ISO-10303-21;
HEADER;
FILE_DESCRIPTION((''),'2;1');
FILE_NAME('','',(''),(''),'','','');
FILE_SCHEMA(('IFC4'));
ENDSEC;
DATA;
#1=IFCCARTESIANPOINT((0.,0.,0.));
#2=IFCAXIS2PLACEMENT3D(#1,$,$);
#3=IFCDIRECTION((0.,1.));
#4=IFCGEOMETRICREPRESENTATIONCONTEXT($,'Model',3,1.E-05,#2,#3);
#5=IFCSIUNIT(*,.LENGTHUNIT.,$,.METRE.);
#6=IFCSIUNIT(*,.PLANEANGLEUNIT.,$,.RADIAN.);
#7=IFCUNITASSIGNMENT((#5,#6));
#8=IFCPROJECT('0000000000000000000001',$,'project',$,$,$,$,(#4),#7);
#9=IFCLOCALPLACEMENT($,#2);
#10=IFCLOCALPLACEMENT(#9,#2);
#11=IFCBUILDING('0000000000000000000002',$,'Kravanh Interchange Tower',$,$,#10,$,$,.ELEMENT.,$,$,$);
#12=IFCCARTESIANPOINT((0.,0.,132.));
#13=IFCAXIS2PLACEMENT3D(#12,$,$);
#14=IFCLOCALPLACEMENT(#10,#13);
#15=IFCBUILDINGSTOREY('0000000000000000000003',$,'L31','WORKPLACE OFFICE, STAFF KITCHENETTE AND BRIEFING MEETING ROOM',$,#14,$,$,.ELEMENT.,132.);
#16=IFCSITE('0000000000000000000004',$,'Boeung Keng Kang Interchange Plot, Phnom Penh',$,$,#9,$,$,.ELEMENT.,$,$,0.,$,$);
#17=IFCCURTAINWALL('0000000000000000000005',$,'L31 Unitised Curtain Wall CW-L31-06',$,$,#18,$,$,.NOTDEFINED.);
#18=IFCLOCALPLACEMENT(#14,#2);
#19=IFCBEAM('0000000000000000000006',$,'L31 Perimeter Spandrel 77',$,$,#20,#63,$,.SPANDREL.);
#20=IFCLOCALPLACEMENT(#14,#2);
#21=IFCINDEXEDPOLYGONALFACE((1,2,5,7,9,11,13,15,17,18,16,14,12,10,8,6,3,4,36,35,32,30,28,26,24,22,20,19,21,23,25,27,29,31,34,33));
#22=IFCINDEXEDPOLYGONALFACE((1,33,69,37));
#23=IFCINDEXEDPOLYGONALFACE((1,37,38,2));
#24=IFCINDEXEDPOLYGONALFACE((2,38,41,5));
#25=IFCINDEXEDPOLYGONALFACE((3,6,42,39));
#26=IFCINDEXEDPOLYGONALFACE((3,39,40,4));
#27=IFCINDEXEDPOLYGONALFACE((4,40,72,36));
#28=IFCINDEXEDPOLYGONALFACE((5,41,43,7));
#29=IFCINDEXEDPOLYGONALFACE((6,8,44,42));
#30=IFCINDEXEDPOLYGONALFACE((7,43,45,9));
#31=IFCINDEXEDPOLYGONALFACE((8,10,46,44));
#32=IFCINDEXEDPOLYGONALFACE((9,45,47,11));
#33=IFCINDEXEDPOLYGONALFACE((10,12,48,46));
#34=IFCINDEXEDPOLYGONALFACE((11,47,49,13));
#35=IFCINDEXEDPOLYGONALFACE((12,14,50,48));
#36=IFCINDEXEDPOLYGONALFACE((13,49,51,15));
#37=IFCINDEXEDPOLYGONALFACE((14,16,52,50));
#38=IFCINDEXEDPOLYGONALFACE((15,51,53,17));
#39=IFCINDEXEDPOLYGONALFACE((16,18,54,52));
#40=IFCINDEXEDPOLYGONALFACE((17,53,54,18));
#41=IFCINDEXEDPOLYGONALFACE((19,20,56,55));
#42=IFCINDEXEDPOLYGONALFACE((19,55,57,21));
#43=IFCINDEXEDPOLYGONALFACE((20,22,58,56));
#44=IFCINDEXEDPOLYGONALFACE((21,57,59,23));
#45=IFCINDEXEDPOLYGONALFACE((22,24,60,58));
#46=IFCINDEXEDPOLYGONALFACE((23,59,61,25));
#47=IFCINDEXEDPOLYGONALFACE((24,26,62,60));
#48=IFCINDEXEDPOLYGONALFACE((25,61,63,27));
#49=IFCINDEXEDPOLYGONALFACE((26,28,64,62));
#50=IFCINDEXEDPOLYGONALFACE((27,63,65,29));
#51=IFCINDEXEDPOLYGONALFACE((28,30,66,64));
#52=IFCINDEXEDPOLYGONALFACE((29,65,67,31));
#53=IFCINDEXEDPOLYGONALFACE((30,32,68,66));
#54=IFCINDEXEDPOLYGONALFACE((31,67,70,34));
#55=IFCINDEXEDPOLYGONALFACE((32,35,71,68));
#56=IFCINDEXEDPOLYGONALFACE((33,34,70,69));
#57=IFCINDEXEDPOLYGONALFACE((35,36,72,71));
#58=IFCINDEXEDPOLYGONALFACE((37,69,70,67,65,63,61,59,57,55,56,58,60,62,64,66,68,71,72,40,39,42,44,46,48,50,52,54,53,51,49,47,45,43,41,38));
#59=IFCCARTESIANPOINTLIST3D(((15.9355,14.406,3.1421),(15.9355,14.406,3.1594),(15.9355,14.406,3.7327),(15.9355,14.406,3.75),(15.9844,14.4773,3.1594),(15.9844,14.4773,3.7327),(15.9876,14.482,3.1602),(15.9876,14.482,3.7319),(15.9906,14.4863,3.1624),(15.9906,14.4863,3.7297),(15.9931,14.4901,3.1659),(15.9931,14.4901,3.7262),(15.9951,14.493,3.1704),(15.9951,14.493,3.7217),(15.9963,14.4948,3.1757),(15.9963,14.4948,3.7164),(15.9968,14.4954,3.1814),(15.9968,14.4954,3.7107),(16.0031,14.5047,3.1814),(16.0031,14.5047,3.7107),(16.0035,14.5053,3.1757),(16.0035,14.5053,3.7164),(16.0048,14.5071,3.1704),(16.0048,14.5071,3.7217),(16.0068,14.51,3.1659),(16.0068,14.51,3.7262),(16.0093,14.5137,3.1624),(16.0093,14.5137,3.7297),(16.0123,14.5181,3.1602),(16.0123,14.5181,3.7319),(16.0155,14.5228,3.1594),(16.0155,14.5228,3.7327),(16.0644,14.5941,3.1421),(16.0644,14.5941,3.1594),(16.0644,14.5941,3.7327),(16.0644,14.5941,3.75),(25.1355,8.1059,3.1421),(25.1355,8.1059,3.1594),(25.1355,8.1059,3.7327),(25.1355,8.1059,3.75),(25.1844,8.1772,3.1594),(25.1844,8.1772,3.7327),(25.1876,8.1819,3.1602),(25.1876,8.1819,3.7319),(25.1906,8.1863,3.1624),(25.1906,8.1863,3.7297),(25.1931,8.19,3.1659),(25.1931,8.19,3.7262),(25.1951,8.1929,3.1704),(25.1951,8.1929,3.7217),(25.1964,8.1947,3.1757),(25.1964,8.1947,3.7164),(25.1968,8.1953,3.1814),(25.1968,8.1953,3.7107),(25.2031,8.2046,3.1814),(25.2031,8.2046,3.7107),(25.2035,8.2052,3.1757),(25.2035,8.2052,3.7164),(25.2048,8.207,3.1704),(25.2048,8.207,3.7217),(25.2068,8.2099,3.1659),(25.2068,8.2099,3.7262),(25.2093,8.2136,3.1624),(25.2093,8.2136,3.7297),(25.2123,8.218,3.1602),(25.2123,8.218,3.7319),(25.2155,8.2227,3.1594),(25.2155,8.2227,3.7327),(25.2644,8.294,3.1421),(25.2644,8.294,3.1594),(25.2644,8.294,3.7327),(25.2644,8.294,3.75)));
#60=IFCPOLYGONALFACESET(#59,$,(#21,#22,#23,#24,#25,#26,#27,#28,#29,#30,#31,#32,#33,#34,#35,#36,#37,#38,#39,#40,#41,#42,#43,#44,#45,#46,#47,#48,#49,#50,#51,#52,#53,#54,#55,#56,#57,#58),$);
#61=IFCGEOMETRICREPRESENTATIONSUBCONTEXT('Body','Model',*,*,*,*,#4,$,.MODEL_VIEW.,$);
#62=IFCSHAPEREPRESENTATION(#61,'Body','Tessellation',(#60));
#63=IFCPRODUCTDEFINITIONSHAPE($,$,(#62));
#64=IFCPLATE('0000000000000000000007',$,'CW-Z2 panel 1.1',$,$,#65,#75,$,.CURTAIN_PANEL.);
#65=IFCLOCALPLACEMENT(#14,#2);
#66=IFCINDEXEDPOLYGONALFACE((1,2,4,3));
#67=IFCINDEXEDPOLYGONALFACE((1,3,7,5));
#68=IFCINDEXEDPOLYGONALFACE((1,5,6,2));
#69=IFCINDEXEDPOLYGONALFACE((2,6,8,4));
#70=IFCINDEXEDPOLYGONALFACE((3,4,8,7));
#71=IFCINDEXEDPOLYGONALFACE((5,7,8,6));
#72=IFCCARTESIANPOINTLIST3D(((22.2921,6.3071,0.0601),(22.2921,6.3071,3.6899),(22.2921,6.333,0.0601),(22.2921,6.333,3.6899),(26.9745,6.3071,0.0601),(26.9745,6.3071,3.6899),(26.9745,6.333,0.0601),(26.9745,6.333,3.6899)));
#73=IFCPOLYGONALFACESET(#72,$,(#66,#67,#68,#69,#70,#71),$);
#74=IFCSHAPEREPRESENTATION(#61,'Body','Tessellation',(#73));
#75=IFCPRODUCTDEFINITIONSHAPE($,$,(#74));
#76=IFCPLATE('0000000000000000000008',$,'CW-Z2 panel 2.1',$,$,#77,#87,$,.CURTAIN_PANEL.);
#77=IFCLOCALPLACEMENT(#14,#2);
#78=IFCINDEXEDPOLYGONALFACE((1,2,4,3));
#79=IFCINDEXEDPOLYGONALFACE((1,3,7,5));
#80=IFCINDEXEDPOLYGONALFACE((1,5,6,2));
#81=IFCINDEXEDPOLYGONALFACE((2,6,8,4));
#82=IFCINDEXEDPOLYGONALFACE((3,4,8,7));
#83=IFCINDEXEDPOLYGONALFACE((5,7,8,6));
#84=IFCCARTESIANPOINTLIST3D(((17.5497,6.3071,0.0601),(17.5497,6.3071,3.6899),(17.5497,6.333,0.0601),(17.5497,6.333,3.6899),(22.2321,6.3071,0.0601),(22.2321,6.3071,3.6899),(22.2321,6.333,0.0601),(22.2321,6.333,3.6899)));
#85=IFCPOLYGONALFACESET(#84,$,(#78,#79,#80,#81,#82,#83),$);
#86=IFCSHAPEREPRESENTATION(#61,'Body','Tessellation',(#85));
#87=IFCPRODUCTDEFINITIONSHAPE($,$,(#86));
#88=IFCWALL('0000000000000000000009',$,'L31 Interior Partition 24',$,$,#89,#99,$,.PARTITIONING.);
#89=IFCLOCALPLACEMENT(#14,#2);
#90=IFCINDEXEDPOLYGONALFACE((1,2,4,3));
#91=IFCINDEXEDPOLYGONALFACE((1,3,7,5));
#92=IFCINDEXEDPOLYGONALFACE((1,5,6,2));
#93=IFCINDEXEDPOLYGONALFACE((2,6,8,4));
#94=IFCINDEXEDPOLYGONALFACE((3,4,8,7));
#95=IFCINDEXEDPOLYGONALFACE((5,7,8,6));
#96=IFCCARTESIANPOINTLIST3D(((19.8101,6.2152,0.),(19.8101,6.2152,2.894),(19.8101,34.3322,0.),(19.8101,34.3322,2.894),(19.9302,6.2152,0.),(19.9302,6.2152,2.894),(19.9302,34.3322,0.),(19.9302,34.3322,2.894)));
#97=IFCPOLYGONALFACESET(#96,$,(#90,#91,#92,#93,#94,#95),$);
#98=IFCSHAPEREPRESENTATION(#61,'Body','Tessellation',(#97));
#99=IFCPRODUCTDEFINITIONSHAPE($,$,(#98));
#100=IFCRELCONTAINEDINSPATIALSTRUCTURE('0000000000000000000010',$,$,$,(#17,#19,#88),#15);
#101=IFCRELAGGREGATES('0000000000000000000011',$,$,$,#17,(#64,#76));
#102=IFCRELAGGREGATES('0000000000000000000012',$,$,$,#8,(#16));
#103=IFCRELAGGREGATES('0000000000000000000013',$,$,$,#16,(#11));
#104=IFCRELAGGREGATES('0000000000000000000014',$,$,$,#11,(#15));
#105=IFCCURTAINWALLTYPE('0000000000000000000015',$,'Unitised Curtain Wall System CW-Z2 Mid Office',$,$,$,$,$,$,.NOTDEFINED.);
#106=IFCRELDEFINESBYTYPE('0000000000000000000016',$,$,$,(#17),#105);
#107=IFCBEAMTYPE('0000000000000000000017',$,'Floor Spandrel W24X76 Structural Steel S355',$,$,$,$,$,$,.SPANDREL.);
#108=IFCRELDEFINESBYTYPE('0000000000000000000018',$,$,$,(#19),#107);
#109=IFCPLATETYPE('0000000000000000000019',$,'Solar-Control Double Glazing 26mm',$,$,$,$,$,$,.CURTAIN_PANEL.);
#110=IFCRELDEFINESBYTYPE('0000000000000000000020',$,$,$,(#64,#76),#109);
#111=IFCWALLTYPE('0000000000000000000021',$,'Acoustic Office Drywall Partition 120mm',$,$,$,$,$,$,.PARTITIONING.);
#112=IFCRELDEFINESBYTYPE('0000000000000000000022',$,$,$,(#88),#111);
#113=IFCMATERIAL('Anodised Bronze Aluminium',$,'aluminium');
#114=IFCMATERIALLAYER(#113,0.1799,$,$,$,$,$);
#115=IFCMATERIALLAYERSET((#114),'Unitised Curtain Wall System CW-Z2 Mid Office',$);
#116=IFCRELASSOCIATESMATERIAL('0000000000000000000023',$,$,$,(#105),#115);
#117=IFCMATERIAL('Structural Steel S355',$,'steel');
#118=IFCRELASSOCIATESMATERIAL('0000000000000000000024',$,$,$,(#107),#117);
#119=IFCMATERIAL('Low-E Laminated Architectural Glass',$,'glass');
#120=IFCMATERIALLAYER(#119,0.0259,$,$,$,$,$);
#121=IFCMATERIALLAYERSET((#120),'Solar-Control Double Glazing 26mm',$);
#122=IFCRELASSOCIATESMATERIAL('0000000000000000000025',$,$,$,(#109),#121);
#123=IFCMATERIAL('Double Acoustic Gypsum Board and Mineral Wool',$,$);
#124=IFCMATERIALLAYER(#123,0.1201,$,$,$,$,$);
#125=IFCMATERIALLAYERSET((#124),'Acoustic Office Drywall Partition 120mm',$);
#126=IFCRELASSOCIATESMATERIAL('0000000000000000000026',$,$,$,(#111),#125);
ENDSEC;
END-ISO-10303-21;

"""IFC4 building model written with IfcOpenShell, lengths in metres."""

from ifc_helpers import new_model, si_unit, direction, frame, frame_2d, origin, origin_2d, place, context, subcontext, project, spatial, rectangle, i_section, extrude, material, layer, layer_set, material_profile, profile_set, type_object, element, aggregate, save


model = new_model("IFC4")

# Units and contexts
model_context = context("Model", 3, precision=1e-05, world=origin(), true_north=direction((0.0, 1.0)))
body_context = subcontext(model_context, "Body", "Model", "MODEL_VIEW")
ifc_project = project(units=[si_unit("LENGTHUNIT", "METRE"), si_unit("PLANEANGLEUNIT", "RADIAN")], contexts=[model_context])

# Site, building, storey
site_placement = place(None, origin())
site = spatial("IfcSite", under=ifc_project, at=site_placement, Name="Boeung Keng Kang Interchange Plot, Phnom Penh", CompositionType="ELEMENT", RefElevation=0.0)
building_placement = place(site_placement, origin())
building = spatial("IfcBuilding", under=site, at=building_placement, Name="Kravanh Interchange Tower", CompositionType="ELEMENT")
storey_placement = place(building_placement, frame((0.0, 0.0, 132.0)))
storey = spatial("IfcBuildingStorey", under=building, at=storey_placement, Name="L31", Description="WORKPLACE OFFICE, STAFF KITCHENETTE AND BRIEFING MEETING ROOM", CompositionType="ELEMENT", Elevation=132.0)

# Shared definitions
ifc_material_1 = material(Name="Anodised Bronze Aluminium", Category="aluminium")
ifc_layer_1 = layer(ifc_material_1, 0.1799)
ifc_layer_set_1 = layer_set([ifc_layer_1], Name="Unitised Curtain Wall System CW-Z2 Mid Office")
curtain_wall_type = type_object("IfcCurtainWallType", Name="Unitised Curtain Wall System CW-Z2 Mid Office", PredefinedType="NOTDEFINED", material=ifc_layer_set_1)

# Curtain wall
curtain_wall_1_placement = place(storey_placement, origin())
curtain_wall_1 = element("IfcCurtainWall", 1, at=curtain_wall_1_placement, inside=storey, type_object=curtain_wall_type, Name="L31 Unitised Curtain Wall CW-L31-06", PredefinedType="NOTDEFINED")

# Beam
ifc_material_2 = material(Name="Structural Steel S355", Category="steel")
ifc_material_profile_1 = material_profile(ifc_material_2, i_section(OverallWidth=0.228, OverallDepth=0.6079, WebThickness=0.0112, FlangeThickness=0.0173, FilletRadius=0.022, at=origin_2d()), Name="W24X76")
ifc_profile_set_1 = profile_set([ifc_material_profile_1], Name="Structural Steel S355")
beam_type_1 = type_object("IfcBeamType", Name="Floor Spandrel W24X76 Structural Steel S355", PredefinedType="SPANDREL", material=ifc_profile_set_1)
beam_1_placement = place(storey_placement, frame((25.2, 8.2, 3.446), z_axis=(-0.825084, 0.56501, 0.0), x_axis=(-0.56501, -0.825084, 0.0)))
element("IfcBeam", 2, at=beam_1_placement, inside=storey, type_object=beam_type_1, Name="L31 Perimeter Spandrel 77", PredefinedType="SPANDREL", context=body_context, shape_type="SweptSolid", body=[
    extrude(i_section(OverallWidth=0.228, OverallDepth=0.6079, WebThickness=0.0112, FlangeThickness=0.0173, FilletRadius=0.022, at=origin_2d()), origin(), (0.0, 0.0, 1.0), 11.1504),
])

# Plates
ifc_material_3 = material(Name="Low-E Laminated Architectural Glass", Category="glass")
ifc_layer_2 = layer(ifc_material_3, 0.0259)
ifc_layer_set_2 = layer_set([ifc_layer_2], Name="Solar-Control Double Glazing 26mm")
plate_type = type_object("IfcPlateType", Name="Solar-Control Double Glazing 26mm", PredefinedType="CURTAIN_PANEL", material=ifc_layer_set_2)
plate_1_placement = place(storey_placement, frame((24.6333, 6.3201, 0.0601), z_axis=(0.0, 0.0, 1.0), x_axis=(-1.0, 0.0, 0.0)))
plate_1 = element("IfcPlate", 3, at=plate_1_placement, type_object=plate_type, Name="CW-Z2 panel 1.1", PredefinedType="CURTAIN_PANEL", context=body_context, shape_type="SweptSolid", body=[
    extrude(rectangle(XDim=4.6824, YDim=0.0259, at=origin_2d()), origin(), (0.0, 0.0, 1.0), 3.6299),
])
plate_2_placement = place(storey_placement, frame((19.8909, 6.3201, 0.0601), z_axis=(0.0, 0.0, 1.0), x_axis=(-1.0, 0.0, 0.0)))
plate_2 = element("IfcPlate", 4, at=plate_2_placement, type_object=plate_type, Name="CW-Z2 panel 2.1", PredefinedType="CURTAIN_PANEL", context=body_context, shape_type="SweptSolid", body=[
    extrude(rectangle(XDim=4.6824, YDim=0.0259, at=origin_2d()), origin(), (0.0, 0.0, 1.0), 3.6299),
])
aggregate(curtain_wall_1, [plate_1, plate_2])

# Wall
ifc_material_4 = material(Name="Double Acoustic Gypsum Board and Mineral Wool")
ifc_layer_3 = layer(ifc_material_4, 0.1201)
ifc_layer_set_3 = layer_set([ifc_layer_3], Name="Acoustic Office Drywall Partition 120mm")
wall_type = type_object("IfcWallType", Name="Acoustic Office Drywall Partition 120mm", PredefinedType="PARTITIONING", material=ifc_layer_set_3)
wall_placement = place(storey_placement, frame((19.8701, 6.2151, 0.0), z_axis=(0.0, 0.0, 1.0), x_axis=(0.0, 1.0, 0.0)))
element("IfcWall", 5, at=wall_placement, inside=storey, type_object=wall_type, Name="L31 Interior Partition 24", PredefinedType="PARTITIONING", context=body_context, shape_type="SweptSolid", body=[
    extrude(rectangle(XDim=28.1169, YDim=0.1201, at=frame_2d((14.0586, 0.0))), origin(), (0.0, 0.0, 1.0), 2.894),
])

save(model, "model.ifc")
